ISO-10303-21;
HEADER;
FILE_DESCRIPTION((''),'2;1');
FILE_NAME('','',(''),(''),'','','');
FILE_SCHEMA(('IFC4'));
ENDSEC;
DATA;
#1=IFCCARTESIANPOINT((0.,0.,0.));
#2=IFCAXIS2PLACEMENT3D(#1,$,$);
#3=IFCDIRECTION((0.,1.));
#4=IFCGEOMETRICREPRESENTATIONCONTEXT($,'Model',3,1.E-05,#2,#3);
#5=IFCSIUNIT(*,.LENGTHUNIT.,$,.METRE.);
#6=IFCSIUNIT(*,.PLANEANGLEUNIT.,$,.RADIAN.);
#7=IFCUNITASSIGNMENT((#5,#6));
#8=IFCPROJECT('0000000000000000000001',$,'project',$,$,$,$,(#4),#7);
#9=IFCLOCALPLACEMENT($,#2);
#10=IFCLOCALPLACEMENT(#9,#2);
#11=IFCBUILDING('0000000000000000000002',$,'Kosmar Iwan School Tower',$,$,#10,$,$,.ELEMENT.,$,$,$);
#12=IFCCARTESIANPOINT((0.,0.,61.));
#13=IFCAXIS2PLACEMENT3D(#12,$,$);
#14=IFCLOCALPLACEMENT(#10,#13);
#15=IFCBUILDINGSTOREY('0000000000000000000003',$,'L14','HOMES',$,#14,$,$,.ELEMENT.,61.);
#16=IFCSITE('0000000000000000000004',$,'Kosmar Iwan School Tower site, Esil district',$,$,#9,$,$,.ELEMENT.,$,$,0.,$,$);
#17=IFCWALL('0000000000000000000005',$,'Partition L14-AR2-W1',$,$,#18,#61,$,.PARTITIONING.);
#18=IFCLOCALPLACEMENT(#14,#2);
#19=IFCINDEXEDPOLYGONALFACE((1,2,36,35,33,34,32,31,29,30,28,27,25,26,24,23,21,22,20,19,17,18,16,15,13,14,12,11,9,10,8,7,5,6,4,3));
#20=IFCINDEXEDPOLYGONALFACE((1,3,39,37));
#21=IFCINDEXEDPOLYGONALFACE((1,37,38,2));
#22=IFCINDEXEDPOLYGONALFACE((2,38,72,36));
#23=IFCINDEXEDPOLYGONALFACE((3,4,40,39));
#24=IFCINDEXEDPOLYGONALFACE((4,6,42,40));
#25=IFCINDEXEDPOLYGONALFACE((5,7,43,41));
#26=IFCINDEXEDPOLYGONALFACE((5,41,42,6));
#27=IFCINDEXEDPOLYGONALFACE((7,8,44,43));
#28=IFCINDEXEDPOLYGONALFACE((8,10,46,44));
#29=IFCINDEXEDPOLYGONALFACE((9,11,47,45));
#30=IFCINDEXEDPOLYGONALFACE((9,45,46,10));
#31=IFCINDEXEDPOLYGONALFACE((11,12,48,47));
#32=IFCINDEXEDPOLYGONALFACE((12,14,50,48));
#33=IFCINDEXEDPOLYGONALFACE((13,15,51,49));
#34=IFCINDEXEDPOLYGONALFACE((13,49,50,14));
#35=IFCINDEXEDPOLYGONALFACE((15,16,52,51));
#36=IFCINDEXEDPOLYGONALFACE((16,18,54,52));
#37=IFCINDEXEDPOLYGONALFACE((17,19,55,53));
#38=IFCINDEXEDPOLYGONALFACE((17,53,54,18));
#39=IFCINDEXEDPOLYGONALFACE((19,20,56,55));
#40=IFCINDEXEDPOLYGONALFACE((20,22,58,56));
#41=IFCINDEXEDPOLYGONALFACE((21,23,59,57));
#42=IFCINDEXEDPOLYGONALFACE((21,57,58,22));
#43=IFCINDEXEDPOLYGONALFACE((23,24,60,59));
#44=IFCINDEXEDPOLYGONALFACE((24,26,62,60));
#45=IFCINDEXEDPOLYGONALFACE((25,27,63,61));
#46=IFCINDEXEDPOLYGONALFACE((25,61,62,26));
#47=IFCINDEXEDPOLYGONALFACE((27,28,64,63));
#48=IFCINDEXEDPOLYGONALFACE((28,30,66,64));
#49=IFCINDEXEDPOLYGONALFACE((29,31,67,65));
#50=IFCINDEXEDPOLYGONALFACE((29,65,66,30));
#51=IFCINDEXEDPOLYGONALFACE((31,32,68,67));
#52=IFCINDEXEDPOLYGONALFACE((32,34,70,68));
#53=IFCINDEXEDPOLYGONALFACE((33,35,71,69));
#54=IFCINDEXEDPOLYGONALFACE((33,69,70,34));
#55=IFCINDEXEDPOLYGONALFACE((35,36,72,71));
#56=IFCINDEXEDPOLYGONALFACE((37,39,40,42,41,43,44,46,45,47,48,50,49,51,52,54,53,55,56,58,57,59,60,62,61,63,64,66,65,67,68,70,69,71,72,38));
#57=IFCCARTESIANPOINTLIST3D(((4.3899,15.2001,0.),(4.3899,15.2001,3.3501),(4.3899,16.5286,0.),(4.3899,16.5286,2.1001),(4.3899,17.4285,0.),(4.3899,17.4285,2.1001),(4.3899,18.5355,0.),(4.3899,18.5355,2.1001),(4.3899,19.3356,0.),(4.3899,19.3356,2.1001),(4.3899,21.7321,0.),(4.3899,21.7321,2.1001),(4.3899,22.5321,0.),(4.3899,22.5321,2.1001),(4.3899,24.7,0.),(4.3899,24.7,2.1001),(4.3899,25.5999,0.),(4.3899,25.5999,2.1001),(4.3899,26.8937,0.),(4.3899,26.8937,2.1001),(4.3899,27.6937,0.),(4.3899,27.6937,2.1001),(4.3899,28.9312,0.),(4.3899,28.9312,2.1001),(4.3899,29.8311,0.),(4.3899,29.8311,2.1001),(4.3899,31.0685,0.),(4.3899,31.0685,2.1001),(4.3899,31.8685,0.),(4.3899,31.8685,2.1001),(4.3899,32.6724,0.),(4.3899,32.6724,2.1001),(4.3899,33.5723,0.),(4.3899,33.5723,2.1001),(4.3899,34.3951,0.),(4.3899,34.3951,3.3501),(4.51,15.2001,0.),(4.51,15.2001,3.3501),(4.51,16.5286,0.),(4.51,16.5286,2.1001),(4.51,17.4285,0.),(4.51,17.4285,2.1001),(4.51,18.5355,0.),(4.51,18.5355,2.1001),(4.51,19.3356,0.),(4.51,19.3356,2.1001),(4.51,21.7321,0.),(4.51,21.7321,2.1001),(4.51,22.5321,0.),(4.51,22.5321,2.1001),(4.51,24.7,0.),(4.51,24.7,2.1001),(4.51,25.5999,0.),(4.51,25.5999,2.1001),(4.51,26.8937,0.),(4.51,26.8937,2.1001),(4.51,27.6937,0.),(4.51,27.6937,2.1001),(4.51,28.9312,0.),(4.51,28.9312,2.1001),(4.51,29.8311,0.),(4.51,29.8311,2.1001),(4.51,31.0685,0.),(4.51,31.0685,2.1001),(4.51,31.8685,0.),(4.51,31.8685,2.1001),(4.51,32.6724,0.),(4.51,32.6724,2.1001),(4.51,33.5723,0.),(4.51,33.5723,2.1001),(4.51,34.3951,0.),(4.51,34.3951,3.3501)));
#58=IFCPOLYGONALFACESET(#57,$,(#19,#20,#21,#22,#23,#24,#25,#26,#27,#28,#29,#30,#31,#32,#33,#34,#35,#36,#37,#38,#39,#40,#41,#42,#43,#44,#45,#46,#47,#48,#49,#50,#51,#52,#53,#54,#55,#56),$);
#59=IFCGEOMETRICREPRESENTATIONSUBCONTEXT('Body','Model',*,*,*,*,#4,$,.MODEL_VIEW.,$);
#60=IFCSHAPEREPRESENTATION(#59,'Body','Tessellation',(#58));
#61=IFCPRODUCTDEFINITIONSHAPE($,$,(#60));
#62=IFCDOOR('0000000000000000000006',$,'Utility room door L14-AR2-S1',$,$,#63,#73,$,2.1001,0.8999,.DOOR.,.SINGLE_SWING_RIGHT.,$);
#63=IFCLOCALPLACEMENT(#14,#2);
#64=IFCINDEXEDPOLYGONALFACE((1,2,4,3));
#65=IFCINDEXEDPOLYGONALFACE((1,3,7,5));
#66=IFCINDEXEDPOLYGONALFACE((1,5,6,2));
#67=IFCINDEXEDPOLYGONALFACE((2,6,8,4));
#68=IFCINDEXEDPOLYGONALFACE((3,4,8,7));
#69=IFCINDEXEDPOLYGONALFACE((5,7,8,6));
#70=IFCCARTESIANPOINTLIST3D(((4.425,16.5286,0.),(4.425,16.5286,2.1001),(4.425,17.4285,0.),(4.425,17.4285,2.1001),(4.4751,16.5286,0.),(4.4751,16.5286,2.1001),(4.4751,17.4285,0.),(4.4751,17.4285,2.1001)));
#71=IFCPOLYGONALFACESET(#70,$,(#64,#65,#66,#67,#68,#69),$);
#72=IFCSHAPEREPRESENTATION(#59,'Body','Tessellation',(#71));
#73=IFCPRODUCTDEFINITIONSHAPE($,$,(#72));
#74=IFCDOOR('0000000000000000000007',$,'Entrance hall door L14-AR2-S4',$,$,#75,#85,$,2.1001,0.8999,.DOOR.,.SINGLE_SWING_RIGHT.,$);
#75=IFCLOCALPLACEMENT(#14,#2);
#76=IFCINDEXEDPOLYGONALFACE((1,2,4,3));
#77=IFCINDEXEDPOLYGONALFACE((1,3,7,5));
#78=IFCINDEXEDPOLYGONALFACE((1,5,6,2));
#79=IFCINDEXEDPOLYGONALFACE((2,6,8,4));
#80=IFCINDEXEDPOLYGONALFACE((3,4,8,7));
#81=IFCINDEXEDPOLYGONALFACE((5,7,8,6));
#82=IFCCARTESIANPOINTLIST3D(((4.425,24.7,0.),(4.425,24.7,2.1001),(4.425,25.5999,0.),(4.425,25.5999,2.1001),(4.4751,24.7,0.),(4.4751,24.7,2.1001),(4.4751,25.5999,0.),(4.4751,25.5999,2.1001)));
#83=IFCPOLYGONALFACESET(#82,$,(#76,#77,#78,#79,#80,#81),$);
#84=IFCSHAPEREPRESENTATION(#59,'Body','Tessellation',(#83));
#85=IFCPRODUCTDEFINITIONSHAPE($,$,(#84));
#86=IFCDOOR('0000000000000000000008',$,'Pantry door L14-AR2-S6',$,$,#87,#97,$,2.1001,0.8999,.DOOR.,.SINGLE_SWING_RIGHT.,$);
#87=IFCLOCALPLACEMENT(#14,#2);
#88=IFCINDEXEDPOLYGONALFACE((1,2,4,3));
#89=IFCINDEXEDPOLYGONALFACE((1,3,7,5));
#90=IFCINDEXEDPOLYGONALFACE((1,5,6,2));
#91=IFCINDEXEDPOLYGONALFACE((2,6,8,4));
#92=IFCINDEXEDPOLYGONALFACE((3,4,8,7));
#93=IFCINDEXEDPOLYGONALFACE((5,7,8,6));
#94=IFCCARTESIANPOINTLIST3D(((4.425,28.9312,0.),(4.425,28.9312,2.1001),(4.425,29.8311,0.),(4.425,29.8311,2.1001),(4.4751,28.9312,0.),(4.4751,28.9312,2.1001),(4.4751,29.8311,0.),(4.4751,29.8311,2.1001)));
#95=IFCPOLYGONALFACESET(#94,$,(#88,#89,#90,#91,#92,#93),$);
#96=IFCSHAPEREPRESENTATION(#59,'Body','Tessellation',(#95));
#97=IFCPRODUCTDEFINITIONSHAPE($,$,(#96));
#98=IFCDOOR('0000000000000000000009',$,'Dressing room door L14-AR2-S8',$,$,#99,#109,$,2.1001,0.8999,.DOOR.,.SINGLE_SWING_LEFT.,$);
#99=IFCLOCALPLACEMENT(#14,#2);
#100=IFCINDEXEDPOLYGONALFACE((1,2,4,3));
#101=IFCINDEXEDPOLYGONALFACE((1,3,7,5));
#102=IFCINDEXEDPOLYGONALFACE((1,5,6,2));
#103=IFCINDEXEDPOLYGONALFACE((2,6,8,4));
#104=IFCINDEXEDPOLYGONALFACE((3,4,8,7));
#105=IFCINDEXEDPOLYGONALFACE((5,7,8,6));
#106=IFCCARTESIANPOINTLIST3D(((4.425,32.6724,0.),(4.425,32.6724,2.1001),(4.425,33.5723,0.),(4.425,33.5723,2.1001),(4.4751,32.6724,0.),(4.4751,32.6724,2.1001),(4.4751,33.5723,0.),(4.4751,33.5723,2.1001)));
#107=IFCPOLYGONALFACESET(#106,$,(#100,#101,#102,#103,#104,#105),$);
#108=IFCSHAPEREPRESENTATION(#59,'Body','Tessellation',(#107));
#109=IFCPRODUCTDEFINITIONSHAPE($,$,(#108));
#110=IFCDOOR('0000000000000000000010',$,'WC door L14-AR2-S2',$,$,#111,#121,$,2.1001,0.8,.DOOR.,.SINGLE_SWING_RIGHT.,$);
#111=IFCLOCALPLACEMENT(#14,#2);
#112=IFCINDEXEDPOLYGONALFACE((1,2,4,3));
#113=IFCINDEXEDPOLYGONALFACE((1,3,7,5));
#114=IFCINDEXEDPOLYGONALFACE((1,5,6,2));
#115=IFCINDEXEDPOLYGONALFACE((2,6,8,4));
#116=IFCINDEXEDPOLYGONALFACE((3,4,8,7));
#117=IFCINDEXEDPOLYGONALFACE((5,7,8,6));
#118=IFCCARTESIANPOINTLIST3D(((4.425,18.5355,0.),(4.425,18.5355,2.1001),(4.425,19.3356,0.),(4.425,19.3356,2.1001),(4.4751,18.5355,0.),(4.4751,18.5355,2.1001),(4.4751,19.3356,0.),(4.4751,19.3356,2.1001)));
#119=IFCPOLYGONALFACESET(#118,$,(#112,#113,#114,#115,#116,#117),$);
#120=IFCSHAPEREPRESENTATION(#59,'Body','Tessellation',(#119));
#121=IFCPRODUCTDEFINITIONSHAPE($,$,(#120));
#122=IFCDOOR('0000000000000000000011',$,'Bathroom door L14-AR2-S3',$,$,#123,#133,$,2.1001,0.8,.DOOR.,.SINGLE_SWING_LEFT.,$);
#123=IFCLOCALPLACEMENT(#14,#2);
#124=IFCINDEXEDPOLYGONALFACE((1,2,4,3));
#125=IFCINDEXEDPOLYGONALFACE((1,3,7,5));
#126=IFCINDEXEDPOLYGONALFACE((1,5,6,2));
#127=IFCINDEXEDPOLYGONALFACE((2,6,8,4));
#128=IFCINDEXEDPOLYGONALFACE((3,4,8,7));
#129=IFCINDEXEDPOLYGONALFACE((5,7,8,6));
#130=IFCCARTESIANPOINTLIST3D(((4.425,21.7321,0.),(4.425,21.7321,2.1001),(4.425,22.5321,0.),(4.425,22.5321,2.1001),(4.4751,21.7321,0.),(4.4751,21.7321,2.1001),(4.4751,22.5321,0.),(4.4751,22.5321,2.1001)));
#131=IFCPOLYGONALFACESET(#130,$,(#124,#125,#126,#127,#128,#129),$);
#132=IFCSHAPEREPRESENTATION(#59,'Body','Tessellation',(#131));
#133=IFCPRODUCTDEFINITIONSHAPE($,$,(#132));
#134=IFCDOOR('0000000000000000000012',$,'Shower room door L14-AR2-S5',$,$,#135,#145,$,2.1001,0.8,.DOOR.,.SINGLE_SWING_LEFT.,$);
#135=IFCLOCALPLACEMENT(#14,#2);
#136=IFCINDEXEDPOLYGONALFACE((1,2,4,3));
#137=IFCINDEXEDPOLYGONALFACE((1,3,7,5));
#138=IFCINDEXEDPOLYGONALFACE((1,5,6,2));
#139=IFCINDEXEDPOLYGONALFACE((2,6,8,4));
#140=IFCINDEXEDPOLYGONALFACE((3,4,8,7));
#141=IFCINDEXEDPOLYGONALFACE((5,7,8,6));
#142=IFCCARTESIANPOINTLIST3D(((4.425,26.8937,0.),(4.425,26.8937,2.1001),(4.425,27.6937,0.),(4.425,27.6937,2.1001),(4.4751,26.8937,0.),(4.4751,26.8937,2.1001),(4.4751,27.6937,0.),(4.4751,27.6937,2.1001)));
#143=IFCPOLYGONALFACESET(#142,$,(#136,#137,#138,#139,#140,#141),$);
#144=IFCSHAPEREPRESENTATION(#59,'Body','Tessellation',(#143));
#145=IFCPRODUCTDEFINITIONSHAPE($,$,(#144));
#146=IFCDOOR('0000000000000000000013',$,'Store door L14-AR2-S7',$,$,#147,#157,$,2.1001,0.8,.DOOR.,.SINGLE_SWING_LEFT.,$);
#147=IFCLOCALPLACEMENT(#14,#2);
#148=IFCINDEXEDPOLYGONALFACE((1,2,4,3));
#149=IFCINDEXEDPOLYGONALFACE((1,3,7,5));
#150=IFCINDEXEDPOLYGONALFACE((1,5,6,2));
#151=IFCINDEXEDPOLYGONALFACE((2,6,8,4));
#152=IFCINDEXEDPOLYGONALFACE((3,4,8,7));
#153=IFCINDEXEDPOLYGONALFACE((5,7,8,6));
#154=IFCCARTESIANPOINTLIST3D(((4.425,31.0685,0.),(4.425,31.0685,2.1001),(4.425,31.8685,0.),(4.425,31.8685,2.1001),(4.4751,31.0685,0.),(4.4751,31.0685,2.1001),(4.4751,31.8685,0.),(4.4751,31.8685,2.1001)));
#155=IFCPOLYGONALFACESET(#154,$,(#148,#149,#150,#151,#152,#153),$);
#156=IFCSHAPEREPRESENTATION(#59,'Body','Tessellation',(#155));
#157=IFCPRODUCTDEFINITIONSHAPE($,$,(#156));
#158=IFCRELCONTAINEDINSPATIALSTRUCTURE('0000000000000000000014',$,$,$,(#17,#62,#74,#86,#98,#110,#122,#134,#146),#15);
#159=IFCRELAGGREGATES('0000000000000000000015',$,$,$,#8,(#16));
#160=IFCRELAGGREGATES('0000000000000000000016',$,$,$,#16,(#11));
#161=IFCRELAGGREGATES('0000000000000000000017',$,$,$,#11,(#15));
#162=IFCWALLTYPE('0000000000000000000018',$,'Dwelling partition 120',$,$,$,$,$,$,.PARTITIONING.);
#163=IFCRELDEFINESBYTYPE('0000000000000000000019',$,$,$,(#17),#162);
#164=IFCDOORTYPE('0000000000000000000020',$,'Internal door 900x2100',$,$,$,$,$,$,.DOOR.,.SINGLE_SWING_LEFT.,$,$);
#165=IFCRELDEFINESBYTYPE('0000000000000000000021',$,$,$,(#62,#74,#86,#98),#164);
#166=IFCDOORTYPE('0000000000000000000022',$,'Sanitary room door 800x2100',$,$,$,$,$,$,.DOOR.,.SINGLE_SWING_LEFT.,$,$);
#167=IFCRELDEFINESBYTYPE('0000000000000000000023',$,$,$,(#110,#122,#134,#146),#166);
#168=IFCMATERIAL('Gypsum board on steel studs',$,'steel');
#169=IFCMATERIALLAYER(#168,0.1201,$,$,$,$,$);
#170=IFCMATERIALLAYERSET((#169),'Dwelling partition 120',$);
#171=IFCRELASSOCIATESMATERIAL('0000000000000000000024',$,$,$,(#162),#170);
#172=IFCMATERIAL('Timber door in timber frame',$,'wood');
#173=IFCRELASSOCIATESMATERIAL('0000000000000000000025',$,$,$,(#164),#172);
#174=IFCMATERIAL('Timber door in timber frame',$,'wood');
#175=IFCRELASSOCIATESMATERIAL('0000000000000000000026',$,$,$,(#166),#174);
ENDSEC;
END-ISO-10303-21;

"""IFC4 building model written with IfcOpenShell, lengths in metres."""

from ifc_helpers import new_model, si_unit, direction, frame, frame_2d, origin, place, context, subcontext, project, spatial, rectangle, extrude, material, layer, layer_set, type_object, element, fill, save


model = new_model("IFC4")

# Units and contexts
model_context = context("Model", 3, precision=1e-05, world=origin(), true_north=direction((0.0, 1.0)))
body_context = subcontext(model_context, "Body", "Model", "MODEL_VIEW")
ifc_project = project(units=[si_unit("LENGTHUNIT", "METRE"), si_unit("PLANEANGLEUNIT", "RADIAN")], contexts=[model_context])

# Site, building, storey
site_placement = place(None, origin())
site = spatial("IfcSite", under=ifc_project, at=site_placement, Name="Kosmar Iwan School Tower site, Esil district", CompositionType="ELEMENT", RefElevation=0.0)
building_placement = place(site_placement, origin())
building = spatial("IfcBuilding", under=site, at=building_placement, Name="Kosmar Iwan School Tower", CompositionType="ELEMENT")
storey_placement = place(building_placement, frame((0.0, 0.0, 61.0)))
storey = spatial("IfcBuildingStorey", under=building, at=storey_placement, Name="L14", Description="HOMES", CompositionType="ELEMENT", Elevation=61.0)

# Shared definitions
ifc_material_1 = material(Name="Gypsum board on steel studs", Category="steel")
ifc_layer_1 = layer(ifc_material_1, 0.1201)
ifc_layer_set_1 = layer_set([ifc_layer_1], Name="Dwelling partition 120")
wall_type_1 = type_object("IfcWallType", Name="Dwelling partition 120", PredefinedType="PARTITIONING", material=ifc_layer_set_1)

# Wall, openings, doors
wall_1_placement = place(storey_placement, frame((4.45, 15.2, 0.0), z_axis=(0.0, 0.0, 1.0), x_axis=(0.0, 1.0, 0.0)))
wall_1 = element("IfcWall", 1, at=wall_1_placement, inside=storey, type_object=wall_type_1, Name="Partition L14-AR2-W1", PredefinedType="PARTITIONING", context=body_context, shape_type="SweptSolid", body=[
    extrude(rectangle(XDim=19.1951, YDim=0.1201, at=frame_2d((9.5977, 0.0))), origin(), (0.0, 0.0, 1.0), 3.3501),
])
opening_1_placement = place(wall_1_placement, frame((1.3286, 0.0, 0.0)))
opening_1 = element("IfcOpeningElement", 2, at=opening_1_placement, cuts=wall_1, PredefinedType="OPENING", context=body_context, shape_type="SweptSolid", body=[
    extrude(rectangle(XDim=0.8999, YDim=2.1001, at=frame_2d((0.45, 1.05))), frame((0.0, 0.072, 0.0), z_axis=(0.0, -1.0, 0.0), x_axis=(1.0, 0.0, 0.0)), (0.0, 0.0, 1.0), 0.144),
])
opening_2_placement = place(wall_1_placement, frame((3.3357, 0.0, 0.0)))
opening_2 = element("IfcOpeningElement", 3, at=opening_2_placement, cuts=wall_1, PredefinedType="OPENING", context=body_context, shape_type="SweptSolid", body=[
    extrude(rectangle(XDim=0.8, YDim=2.1001, at=frame_2d((0.3999, 1.05))), frame((0.0, 0.072, 0.0), z_axis=(0.0, -1.0, 0.0), x_axis=(1.0, 0.0, 0.0)), (0.0, 0.0, 1.0), 0.144),
])
opening_3_placement = place(wall_1_placement, frame((6.5322, 0.0, 0.0)))
opening_3 = element("IfcOpeningElement", 4, at=opening_3_placement, cuts=wall_1, PredefinedType="OPENING", context=body_context, shape_type="SweptSolid", body=[
    extrude(rectangle(XDim=0.8, YDim=2.1001, at=frame_2d((0.3999, 1.05))), frame((0.0, 0.072, 0.0), z_axis=(0.0, -1.0, 0.0), x_axis=(1.0, 0.0, 0.0)), (0.0, 0.0, 1.0), 0.144),
])
opening_4_placement = place(wall_1_placement, frame((9.5, 0.0, 0.0)))
opening_4 = element("IfcOpeningElement", 5, at=opening_4_placement, cuts=wall_1, PredefinedType="OPENING", context=body_context, shape_type="SweptSolid", body=[
    extrude(rectangle(XDim=0.8999, YDim=2.1001, at=frame_2d((0.45, 1.05))), frame((0.0, 0.072, 0.0), z_axis=(0.0, -1.0, 0.0), x_axis=(1.0, 0.0, 0.0)), (0.0, 0.0, 1.0), 0.144),
])
opening_5_placement = place(wall_1_placement, frame((11.6938, 0.0, 0.0)))
opening_5 = element("IfcOpeningElement", 6, at=opening_5_placement, cuts=wall_1, PredefinedType="OPENING", context=body_context, shape_type="SweptSolid", body=[
    extrude(rectangle(XDim=0.8, YDim=2.1001, at=frame_2d((0.3999, 1.05))), frame((0.0, 0.072, 0.0), z_axis=(0.0, -1.0, 0.0), x_axis=(1.0, 0.0, 0.0)), (0.0, 0.0, 1.0), 0.144),
])
opening_6_placement = place(wall_1_placement, frame((13.7312, 0.0, 0.0)))
opening_6 = element("IfcOpeningElement", 7, at=opening_6_placement, cuts=wall_1, PredefinedType="OPENING", context=body_context, shape_type="SweptSolid", body=[
    extrude(rectangle(XDim=0.8999, YDim=2.1001, at=frame_2d((0.45, 1.05))), frame((0.0, 0.072, 0.0), z_axis=(0.0, -1.0, 0.0), x_axis=(1.0, 0.0, 0.0)), (0.0, 0.0, 1.0), 0.144),
])
opening_7_placement = place(wall_1_placement, frame((15.8687, 0.0, 0.0)))
opening_7 = element("IfcOpeningElement", 8, at=opening_7_placement, cuts=wall_1, PredefinedType="OPENING", context=body_context, shape_type="SweptSolid", body=[
    extrude(rectangle(XDim=0.8, YDim=2.1001, at=frame_2d((0.3999, 1.05))), frame((0.0, 0.072, 0.0), z_axis=(0.0, -1.0, 0.0), x_axis=(1.0, 0.0, 0.0)), (0.0, 0.0, 1.0), 0.144),
])
opening_8_placement = place(wall_1_placement, frame((17.4724, 0.0, 0.0)))
opening_8 = element("IfcOpeningElement", 9, at=opening_8_placement, cuts=wall_1, PredefinedType="OPENING", context=body_context, shape_type="SweptSolid", body=[
    extrude(rectangle(XDim=0.8999, YDim=2.1001, at=frame_2d((0.45, 1.05))), frame((0.0, 0.072, 0.0), z_axis=(0.0, -1.0, 0.0), x_axis=(1.0, 0.0, 0.0)), (0.0, 0.0, 1.0), 0.144),
])
ifc_material_2 = material(Name="Timber door in timber frame", Category="wood")
door_type_1 = type_object("IfcDoorType", Name="Internal door 900x2100", OperationType="SINGLE_SWING_LEFT", PredefinedType="DOOR", material=ifc_material_2)
door_1_placement = place(opening_1_placement, origin())
door_1 = element("IfcDoor", 10, at=door_1_placement, inside=storey, type_object=door_type_1, Name="Utility room door L14-AR2-S1", OperationType="SINGLE_SWING_RIGHT", OverallHeight=2.1001, OverallWidth=0.8999, PredefinedType="DOOR", context=body_context, shape_type="SweptSolid", body=[
    extrude(rectangle(XDim=0.8999, YDim=2.1001, at=frame_2d((0.45, 1.05))), frame((0.0, 0.0249, 0.0), z_axis=(0.0, -1.0, 0.0), x_axis=(1.0, 0.0, 0.0)), (0.0, 0.0, 1.0), 0.05),
])
fill(opening_1, door_1)
door_2_placement = place(opening_4_placement, origin())
door_2 = element("IfcDoor", 11, at=door_2_placement, inside=storey, type_object=door_type_1, Name="Entrance hall door L14-AR2-S4", OperationType="SINGLE_SWING_RIGHT", OverallHeight=2.1001, OverallWidth=0.8999, PredefinedType="DOOR", context=body_context, shape_type="SweptSolid", body=[
    extrude(rectangle(XDim=0.8999, YDim=2.1001, at=frame_2d((0.45, 1.05))), frame((0.0, 0.0249, 0.0), z_axis=(0.0, -1.0, 0.0), x_axis=(1.0, 0.0, 0.0)), (0.0, 0.0, 1.0), 0.05),
])
fill(opening_4, door_2)
door_3_placement = place(opening_6_placement, origin())
door_3 = element("IfcDoor", 12, at=door_3_placement, inside=storey, type_object=door_type_1, Name="Pantry door L14-AR2-S6", OperationType="SINGLE_SWING_RIGHT", OverallHeight=2.1001, OverallWidth=0.8999, PredefinedType="DOOR", context=body_context, shape_type="SweptSolid", body=[
    extrude(rectangle(XDim=0.8999, YDim=2.1001, at=frame_2d((0.45, 1.05))), frame((0.0, 0.0249, 0.0), z_axis=(0.0, -1.0, 0.0), x_axis=(1.0, 0.0, 0.0)), (0.0, 0.0, 1.0), 0.05),
])
fill(opening_6, door_3)
door_4_placement = place(opening_8_placement, origin())
door_4 = element("IfcDoor", 13, at=door_4_placement, inside=storey, type_object=door_type_1, Name="Dressing room door L14-AR2-S8", OperationType="SINGLE_SWING_LEFT", OverallHeight=2.1001, OverallWidth=0.8999, PredefinedType="DOOR", context=body_context, shape_type="SweptSolid", body=[
    extrude(rectangle(XDim=0.8999, YDim=2.1001, at=frame_2d((0.45, 1.05))), frame((0.0, 0.0249, 0.0), z_axis=(0.0, -1.0, 0.0), x_axis=(1.0, 0.0, 0.0)), (0.0, 0.0, 1.0), 0.05),
])
fill(opening_8, door_4)
ifc_material_3 = material(Name="Timber door in timber frame", Category="wood")
door_type_2 = type_object("IfcDoorType", Name="Sanitary room door 800x2100", OperationType="SINGLE_SWING_LEFT", PredefinedType="DOOR", material=ifc_material_3)
door_5_placement = place(opening_2_placement, origin())
door_5 = element("IfcDoor", 14, at=door_5_placement, inside=storey, type_object=door_type_2, Name="WC door L14-AR2-S2", OperationType="SINGLE_SWING_RIGHT", OverallHeight=2.1001, OverallWidth=0.8, PredefinedType="DOOR", context=body_context, shape_type="SweptSolid", body=[
    extrude(rectangle(XDim=0.8, YDim=2.1001, at=frame_2d((0.3999, 1.05))), frame((0.0, 0.0249, 0.0), z_axis=(0.0, -1.0, 0.0), x_axis=(1.0, 0.0, 0.0)), (0.0, 0.0, 1.0), 0.05),
])
fill(opening_2, door_5)
door_6_placement = place(opening_3_placement, origin())
door_6 = element("IfcDoor", 15, at=door_6_placement, inside=storey, type_object=door_type_2, Name="Bathroom door L14-AR2-S3", OperationType="SINGLE_SWING_LEFT", OverallHeight=2.1001, OverallWidth=0.8, PredefinedType="DOOR", context=body_context, shape_type="SweptSolid", body=[
    extrude(rectangle(XDim=0.8, YDim=2.1001, at=frame_2d((0.3999, 1.05))), frame((0.0, 0.0249, 0.0), z_axis=(0.0, -1.0, 0.0), x_axis=(1.0, 0.0, 0.0)), (0.0, 0.0, 1.0), 0.05),
])
fill(opening_3, door_6)
door_7_placement = place(opening_5_placement, origin())
door_7 = element("IfcDoor", 16, at=door_7_placement, inside=storey, type_object=door_type_2, Name="Shower room door L14-AR2-S5", OperationType="SINGLE_SWING_LEFT", OverallHeight=2.1001, OverallWidth=0.8, PredefinedType="DOOR", context=body_context, shape_type="SweptSolid", body=[
    extrude(rectangle(XDim=0.8, YDim=2.1001, at=frame_2d((0.3999, 1.05))), frame((0.0, 0.0249, 0.0), z_axis=(0.0, -1.0, 0.0), x_axis=(1.0, 0.0, 0.0)), (0.0, 0.0, 1.0), 0.05),
])
fill(opening_5, door_7)
door_8_placement = place(opening_7_placement, origin())
door_8 = element("IfcDoor", 17, at=door_8_placement, inside=storey, type_object=door_type_2, Name="Store door L14-AR2-S7", OperationType="SINGLE_SWING_LEFT", OverallHeight=2.1001, OverallWidth=0.8, PredefinedType="DOOR", context=body_context, shape_type="SweptSolid", body=[
    extrude(rectangle(XDim=0.8, YDim=2.1001, at=frame_2d((0.3999, 1.05))), frame((0.0, 0.0249, 0.0), z_axis=(0.0, -1.0, 0.0), x_axis=(1.0, 0.0, 0.0)), (0.0, 0.0, 1.0), 0.05),
])
fill(opening_7, door_8)

save(model, "model.ifc")
